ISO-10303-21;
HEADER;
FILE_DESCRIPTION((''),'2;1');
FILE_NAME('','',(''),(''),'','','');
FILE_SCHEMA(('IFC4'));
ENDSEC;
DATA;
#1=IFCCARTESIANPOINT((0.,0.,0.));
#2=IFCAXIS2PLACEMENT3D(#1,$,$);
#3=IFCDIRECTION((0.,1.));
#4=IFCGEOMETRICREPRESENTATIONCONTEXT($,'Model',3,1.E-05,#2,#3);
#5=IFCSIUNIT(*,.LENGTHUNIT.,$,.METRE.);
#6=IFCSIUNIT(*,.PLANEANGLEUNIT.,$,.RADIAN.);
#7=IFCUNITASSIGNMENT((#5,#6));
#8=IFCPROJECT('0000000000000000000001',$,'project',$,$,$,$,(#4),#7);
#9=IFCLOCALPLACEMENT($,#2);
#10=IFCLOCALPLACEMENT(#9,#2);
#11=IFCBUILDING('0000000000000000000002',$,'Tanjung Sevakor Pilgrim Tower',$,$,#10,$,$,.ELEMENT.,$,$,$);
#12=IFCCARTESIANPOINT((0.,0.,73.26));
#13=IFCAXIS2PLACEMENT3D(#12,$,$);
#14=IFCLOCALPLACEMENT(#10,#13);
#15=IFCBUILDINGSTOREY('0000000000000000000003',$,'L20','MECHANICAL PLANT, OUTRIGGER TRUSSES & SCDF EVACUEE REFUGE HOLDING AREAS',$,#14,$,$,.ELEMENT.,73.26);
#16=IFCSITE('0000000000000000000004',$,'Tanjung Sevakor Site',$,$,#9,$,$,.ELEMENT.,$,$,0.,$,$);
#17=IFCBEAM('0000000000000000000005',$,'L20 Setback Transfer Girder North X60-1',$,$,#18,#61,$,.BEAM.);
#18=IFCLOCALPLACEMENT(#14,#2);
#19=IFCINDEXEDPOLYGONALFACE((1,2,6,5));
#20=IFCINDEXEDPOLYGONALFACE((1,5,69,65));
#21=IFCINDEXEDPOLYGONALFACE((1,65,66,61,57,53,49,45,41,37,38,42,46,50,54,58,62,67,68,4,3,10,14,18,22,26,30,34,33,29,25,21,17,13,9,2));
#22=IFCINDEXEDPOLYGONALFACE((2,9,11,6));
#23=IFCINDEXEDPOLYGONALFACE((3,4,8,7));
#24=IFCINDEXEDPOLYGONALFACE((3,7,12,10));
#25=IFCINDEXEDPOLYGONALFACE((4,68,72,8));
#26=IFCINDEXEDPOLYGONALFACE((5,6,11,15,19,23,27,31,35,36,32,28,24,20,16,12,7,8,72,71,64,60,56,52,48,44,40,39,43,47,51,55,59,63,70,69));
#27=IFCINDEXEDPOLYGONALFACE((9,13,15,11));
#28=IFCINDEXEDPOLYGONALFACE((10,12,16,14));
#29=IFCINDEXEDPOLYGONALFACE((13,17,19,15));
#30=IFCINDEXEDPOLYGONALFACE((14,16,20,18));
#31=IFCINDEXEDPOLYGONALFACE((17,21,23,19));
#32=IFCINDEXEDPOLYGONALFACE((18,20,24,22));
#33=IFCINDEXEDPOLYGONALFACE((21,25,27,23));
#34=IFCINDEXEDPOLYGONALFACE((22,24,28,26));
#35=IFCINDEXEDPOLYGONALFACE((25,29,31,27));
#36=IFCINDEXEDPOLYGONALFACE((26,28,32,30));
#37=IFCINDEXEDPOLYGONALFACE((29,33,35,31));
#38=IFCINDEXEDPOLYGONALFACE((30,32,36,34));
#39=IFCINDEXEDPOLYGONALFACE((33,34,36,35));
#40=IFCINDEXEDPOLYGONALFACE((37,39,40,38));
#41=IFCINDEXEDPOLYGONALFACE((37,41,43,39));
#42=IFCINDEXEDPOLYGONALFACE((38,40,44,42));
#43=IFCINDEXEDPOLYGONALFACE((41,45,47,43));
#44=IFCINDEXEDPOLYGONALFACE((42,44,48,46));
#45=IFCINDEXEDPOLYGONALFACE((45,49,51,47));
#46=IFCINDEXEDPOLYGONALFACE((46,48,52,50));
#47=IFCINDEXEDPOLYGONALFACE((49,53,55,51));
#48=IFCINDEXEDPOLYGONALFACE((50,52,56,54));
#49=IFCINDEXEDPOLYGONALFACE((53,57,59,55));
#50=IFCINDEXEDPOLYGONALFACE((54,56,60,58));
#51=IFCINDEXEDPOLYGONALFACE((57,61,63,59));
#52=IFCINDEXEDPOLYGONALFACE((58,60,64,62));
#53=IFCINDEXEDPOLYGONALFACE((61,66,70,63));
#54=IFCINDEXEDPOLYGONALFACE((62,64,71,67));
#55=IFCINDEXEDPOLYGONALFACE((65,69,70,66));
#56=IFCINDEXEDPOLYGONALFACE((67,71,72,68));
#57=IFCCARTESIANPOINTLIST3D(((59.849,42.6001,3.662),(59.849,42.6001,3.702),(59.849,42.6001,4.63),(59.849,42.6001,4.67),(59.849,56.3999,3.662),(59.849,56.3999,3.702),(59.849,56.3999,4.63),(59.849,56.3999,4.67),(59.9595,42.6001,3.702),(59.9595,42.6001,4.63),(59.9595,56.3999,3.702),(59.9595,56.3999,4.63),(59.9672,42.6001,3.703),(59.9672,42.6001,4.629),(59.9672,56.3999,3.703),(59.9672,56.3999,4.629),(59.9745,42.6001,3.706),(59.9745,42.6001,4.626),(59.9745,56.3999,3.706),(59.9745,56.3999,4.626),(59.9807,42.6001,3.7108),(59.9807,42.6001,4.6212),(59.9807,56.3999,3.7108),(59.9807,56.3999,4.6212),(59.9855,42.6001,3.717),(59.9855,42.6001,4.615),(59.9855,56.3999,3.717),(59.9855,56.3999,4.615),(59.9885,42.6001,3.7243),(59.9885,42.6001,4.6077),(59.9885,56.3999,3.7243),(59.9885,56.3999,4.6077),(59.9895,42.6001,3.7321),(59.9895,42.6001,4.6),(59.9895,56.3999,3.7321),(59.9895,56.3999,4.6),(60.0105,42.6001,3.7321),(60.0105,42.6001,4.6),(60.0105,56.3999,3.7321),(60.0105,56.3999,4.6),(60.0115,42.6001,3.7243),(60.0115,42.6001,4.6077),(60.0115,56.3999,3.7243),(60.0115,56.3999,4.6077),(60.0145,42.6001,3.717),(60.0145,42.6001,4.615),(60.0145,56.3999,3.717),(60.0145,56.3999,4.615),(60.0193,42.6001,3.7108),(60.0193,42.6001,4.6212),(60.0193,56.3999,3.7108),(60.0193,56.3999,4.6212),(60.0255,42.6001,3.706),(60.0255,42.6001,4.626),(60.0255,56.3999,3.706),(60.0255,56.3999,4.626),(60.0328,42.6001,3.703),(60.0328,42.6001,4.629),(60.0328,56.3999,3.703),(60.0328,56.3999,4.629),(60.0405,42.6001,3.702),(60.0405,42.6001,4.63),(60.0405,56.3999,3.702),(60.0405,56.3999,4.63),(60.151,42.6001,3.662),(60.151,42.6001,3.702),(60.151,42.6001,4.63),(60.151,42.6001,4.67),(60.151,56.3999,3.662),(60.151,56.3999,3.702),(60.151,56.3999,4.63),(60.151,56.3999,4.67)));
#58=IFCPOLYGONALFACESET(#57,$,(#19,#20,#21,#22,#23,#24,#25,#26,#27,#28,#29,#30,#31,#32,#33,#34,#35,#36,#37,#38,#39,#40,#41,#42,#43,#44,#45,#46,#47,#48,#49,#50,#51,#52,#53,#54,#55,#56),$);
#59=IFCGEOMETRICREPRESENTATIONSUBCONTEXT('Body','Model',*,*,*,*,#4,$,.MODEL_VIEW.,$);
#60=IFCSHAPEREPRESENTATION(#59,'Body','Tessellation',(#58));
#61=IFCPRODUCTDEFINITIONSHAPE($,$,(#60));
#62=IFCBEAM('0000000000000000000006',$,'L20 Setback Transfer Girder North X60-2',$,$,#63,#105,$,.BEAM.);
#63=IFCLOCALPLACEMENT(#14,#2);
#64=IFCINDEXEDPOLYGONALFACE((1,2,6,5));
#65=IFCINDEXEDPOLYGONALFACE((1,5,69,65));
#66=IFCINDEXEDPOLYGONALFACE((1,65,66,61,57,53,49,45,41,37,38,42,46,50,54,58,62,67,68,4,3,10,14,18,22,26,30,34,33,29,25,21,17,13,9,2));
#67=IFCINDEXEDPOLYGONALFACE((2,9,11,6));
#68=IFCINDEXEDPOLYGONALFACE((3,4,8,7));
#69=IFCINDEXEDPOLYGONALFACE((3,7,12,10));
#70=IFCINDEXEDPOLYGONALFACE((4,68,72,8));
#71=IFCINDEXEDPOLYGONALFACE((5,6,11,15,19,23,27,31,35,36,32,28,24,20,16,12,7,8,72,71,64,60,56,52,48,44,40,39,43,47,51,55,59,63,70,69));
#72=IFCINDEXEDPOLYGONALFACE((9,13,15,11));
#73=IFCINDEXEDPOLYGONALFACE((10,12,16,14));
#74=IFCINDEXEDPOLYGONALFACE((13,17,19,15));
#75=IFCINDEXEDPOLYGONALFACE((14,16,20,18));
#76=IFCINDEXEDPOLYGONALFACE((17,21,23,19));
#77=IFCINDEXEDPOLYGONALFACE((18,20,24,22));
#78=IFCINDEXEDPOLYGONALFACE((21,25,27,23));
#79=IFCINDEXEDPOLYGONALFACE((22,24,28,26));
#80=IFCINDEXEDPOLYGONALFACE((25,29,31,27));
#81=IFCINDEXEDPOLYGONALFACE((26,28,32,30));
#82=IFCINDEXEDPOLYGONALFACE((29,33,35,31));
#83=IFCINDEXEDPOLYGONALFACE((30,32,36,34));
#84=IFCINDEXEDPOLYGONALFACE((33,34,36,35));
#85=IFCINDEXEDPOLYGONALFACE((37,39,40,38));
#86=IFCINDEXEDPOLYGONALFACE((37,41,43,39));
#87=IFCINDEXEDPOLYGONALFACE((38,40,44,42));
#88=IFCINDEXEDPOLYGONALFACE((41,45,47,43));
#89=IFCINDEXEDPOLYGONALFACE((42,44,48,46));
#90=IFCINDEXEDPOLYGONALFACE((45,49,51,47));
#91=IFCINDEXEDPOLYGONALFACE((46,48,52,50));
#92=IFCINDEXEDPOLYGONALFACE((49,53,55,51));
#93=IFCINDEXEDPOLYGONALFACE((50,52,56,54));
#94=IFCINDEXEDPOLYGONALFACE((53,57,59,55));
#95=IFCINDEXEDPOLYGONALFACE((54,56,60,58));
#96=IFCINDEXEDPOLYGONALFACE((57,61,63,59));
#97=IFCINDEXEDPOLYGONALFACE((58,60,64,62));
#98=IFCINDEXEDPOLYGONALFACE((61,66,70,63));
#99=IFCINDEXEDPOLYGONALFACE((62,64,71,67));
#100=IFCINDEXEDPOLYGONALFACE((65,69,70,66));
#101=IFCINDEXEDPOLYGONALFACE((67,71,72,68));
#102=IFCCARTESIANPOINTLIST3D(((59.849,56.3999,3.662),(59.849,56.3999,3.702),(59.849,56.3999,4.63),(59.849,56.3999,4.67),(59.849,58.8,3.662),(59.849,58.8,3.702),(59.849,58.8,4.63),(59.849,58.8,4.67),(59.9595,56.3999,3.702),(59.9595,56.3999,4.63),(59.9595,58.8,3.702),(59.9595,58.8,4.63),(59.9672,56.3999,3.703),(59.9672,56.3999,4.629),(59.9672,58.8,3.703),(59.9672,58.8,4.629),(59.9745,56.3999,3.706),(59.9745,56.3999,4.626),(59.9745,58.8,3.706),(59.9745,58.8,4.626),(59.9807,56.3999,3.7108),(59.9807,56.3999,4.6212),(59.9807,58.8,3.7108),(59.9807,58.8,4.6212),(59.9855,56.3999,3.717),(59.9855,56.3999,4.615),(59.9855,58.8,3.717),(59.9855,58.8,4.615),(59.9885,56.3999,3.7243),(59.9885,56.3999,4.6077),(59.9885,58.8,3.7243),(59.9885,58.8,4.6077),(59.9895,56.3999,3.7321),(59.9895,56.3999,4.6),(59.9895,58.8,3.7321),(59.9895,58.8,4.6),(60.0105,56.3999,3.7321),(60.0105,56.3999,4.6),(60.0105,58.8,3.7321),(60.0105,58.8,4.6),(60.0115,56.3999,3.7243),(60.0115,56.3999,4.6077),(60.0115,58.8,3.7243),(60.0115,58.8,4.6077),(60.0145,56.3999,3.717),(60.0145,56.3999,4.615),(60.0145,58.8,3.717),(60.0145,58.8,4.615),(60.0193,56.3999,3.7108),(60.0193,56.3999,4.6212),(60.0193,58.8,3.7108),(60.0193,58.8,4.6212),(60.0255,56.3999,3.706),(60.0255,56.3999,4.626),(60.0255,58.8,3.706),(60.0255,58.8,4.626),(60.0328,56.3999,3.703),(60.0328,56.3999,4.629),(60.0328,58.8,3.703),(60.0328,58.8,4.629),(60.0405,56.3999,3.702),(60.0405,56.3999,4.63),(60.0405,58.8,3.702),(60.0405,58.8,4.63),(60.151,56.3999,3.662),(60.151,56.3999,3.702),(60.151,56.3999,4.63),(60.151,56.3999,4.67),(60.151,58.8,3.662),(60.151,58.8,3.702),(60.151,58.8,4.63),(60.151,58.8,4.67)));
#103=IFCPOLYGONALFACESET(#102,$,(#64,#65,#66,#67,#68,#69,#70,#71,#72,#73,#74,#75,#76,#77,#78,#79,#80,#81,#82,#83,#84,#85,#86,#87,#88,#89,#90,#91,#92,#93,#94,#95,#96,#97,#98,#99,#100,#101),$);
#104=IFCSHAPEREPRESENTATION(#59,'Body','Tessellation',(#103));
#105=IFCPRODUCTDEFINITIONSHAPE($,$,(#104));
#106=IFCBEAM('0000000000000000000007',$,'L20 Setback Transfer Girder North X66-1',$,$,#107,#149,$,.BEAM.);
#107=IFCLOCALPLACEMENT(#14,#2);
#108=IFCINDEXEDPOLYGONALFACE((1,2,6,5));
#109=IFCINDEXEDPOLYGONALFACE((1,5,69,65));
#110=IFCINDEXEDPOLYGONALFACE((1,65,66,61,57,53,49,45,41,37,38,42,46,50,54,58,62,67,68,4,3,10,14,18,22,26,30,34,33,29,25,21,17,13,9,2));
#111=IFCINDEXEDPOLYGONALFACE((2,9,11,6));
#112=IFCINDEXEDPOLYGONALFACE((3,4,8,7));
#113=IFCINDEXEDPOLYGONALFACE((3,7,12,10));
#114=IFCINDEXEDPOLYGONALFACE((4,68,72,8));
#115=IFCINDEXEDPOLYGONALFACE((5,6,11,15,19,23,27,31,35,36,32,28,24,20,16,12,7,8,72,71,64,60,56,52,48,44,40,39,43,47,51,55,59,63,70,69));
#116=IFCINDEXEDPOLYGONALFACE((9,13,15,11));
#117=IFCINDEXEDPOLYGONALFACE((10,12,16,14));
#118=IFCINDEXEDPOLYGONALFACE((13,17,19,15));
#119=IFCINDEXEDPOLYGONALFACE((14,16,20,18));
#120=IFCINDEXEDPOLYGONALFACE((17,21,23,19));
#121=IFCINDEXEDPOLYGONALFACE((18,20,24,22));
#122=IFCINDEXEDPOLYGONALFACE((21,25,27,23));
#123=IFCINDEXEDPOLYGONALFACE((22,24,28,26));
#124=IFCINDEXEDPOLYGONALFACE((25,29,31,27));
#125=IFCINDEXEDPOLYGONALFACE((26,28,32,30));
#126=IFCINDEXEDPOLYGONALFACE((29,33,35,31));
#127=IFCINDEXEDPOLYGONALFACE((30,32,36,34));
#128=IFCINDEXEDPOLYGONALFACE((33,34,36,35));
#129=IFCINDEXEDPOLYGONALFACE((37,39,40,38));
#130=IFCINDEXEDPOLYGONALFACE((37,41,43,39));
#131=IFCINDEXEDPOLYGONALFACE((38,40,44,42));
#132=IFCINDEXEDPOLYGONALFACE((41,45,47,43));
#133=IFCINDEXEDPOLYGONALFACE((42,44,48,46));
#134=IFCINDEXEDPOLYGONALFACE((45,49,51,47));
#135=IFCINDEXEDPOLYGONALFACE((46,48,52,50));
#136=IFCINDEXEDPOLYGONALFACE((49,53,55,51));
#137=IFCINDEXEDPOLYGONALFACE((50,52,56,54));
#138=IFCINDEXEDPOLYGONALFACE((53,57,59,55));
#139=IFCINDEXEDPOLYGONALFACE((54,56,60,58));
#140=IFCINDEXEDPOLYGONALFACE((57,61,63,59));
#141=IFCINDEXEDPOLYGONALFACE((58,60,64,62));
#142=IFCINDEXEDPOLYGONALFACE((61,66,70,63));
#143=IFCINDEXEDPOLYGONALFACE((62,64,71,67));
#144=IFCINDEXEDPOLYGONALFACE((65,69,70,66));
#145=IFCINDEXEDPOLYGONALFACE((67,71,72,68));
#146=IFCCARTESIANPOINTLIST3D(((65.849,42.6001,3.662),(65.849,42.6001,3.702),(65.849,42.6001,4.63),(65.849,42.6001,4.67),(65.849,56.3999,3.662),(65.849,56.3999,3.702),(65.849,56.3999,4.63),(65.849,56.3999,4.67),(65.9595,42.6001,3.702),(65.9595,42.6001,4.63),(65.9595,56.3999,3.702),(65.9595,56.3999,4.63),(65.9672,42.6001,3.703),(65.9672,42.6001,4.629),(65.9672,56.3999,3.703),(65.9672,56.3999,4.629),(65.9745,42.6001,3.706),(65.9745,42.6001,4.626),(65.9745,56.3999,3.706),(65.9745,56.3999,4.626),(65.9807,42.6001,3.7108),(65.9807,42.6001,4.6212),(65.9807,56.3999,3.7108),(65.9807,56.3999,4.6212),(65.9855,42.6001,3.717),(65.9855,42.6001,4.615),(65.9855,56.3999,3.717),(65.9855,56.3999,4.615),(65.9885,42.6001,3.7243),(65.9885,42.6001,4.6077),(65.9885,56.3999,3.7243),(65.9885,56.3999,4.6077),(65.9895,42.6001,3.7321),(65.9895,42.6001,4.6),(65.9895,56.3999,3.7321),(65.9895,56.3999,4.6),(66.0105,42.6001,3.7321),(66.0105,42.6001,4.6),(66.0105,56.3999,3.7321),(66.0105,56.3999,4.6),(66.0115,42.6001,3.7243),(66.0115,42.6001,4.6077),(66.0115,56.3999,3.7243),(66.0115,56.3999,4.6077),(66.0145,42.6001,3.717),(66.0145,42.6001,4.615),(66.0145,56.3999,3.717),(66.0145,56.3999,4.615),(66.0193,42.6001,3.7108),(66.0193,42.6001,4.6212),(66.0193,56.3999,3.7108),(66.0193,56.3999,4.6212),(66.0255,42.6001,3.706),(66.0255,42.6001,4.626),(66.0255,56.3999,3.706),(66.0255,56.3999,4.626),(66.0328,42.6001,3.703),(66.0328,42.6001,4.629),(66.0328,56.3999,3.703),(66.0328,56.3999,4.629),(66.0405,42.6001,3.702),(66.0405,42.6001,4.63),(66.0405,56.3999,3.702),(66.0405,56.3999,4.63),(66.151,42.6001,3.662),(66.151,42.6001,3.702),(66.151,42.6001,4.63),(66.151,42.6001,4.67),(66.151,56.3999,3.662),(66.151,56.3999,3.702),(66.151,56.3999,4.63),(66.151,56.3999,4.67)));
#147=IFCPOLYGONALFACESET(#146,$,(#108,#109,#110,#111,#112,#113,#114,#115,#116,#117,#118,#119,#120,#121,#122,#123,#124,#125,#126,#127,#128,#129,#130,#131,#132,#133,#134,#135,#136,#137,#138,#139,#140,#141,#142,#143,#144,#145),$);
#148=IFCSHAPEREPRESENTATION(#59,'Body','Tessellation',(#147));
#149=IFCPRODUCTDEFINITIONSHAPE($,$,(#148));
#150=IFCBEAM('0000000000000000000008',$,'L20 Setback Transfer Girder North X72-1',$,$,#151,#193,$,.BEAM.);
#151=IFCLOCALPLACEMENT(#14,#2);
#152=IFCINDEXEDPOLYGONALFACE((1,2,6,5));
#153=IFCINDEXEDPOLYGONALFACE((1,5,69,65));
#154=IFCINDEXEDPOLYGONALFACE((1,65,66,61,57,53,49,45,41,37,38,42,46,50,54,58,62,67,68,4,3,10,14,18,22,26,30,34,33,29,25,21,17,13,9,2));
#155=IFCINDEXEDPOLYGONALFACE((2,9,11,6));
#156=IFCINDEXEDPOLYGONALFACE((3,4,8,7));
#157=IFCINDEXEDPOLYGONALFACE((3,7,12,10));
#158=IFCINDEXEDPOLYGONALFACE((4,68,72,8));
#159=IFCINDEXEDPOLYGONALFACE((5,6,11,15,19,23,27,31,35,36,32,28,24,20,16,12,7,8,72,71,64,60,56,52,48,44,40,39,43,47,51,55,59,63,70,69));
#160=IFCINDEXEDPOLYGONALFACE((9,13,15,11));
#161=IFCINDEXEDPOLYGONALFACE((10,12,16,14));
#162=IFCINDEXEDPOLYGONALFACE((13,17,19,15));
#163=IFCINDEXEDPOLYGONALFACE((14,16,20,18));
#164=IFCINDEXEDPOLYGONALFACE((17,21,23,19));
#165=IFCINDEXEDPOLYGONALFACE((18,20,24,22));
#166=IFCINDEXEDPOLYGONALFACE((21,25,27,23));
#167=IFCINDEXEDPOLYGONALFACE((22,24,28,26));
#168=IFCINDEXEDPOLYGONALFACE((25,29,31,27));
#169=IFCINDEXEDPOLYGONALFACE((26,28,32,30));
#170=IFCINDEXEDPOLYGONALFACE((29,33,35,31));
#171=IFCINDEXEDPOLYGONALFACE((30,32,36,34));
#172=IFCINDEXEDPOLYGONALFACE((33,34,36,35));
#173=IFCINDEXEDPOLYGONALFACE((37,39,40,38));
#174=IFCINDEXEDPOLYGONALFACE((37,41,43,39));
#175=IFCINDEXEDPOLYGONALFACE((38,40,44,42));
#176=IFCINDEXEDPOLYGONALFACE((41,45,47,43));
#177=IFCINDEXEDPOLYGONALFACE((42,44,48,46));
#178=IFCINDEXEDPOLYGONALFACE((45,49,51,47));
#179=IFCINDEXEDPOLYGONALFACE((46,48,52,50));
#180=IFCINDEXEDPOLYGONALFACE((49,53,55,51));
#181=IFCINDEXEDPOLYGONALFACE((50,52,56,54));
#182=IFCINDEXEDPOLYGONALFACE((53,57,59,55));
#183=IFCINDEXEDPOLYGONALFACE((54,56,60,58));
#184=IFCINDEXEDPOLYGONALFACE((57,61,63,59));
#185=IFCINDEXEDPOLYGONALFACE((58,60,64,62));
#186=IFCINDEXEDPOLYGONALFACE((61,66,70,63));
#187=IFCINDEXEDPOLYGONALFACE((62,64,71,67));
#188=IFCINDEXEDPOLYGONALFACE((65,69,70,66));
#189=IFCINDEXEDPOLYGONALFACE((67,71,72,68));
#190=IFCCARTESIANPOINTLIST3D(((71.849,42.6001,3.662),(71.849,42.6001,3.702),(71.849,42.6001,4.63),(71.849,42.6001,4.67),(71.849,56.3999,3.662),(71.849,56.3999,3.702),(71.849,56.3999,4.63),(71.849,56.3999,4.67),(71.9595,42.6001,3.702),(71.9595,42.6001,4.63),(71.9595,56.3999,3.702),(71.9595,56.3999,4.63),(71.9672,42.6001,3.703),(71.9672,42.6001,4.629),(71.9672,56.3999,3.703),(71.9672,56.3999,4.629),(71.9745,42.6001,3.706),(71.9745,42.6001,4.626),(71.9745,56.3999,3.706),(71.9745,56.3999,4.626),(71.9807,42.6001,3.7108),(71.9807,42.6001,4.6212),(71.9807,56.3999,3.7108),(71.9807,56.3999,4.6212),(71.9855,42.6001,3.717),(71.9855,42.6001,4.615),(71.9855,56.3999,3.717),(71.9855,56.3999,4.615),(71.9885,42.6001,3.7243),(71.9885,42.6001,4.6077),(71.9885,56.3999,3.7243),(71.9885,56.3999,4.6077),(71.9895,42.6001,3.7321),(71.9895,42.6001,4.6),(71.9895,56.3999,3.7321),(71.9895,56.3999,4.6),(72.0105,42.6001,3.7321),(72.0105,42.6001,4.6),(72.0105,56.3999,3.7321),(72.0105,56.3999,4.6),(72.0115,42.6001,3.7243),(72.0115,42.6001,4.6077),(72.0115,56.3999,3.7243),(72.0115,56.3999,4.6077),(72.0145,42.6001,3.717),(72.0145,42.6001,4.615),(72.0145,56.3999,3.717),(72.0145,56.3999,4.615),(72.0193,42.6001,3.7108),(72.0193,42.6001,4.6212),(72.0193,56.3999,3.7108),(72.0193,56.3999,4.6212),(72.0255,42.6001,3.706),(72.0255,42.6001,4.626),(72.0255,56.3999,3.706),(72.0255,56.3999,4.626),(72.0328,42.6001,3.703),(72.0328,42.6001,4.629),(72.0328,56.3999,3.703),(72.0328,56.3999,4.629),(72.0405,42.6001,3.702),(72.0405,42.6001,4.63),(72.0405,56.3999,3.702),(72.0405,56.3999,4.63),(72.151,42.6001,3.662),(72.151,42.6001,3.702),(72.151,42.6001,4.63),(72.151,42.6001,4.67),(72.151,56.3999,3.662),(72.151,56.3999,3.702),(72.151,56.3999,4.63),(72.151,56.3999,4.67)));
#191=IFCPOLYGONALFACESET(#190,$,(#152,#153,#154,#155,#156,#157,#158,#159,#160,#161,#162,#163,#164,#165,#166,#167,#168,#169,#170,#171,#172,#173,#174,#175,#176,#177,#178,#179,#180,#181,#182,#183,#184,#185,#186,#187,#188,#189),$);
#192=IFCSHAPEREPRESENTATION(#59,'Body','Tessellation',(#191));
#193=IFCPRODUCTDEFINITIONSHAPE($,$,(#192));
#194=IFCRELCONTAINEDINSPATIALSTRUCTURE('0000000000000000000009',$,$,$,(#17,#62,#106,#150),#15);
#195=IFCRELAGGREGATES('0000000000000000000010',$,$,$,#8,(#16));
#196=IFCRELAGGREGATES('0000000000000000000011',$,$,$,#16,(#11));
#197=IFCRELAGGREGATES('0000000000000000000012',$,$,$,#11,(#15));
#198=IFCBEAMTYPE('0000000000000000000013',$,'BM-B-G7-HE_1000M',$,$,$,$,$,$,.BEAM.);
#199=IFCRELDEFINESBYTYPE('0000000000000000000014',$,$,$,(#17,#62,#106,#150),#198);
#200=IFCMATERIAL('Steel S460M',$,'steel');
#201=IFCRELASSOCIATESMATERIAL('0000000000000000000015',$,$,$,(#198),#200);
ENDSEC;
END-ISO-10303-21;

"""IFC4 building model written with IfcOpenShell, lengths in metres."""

from ifc_helpers import new_model, si_unit, direction, frame, origin, origin_2d, place, context, subcontext, project, spatial, i_section, extrude, material, material_profile, profile_set, type_object, element, save


model = new_model("IFC4")

# Units and contexts
model_context = context("Model", 3, precision=1e-05, world=origin(), true_north=direction((0.0, 1.0)))
body_context = subcontext(model_context, "Body", "Model", "MODEL_VIEW")
ifc_project = project(units=[si_unit("LENGTHUNIT", "METRE"), si_unit("PLANEANGLEUNIT", "RADIAN")], contexts=[model_context])

# Site, building, storey
site_placement = place(None, origin())
site = spatial("IfcSite", under=ifc_project, at=site_placement, Name="Tanjung Sevakor Site", CompositionType="ELEMENT", RefElevation=0.0)
building_placement = place(site_placement, origin())
building = spatial("IfcBuilding", under=site, at=building_placement, Name="Tanjung Sevakor Pilgrim Tower", CompositionType="ELEMENT")
storey_placement = place(building_placement, frame((0.0, 0.0, 73.26)))
storey = spatial("IfcBuildingStorey", under=building, at=storey_placement, Name="L20", Description="MECHANICAL PLANT, OUTRIGGER TRUSSES & SCDF EVACUEE REFUGE HOLDING AREAS", CompositionType="ELEMENT", Elevation=73.26)

# Beams
ifc_material_1 = material(Name="Steel S460M", Category="steel")
ifc_material_profile_1 = material_profile(ifc_material_1, i_section(OverallWidth=0.302, OverallDepth=1.0081, WebThickness=0.021, FlangeThickness=0.04, FilletRadius=0.03, at=origin_2d()))
ifc_profile_set_1 = profile_set([ifc_material_profile_1], Name="Steel S460M")
beam_type_1 = type_object("IfcBeamType", Name="BM-B-G7-HE_1000M", PredefinedType="BEAM", material=ifc_profile_set_1)
beam_1_placement = place(storey_placement, frame((60.0, 42.6001, 4.166), z_axis=(0.0, 1.0, 0.0), x_axis=(-1.0, 0.0, 0.0)))
element("IfcBeam", 1, at=beam_1_placement, inside=storey, type_object=beam_type_1, Name="L20 Setback Transfer Girder North X60-1", PredefinedType="BEAM", context=body_context, shape_type="SweptSolid", body=[
    extrude(i_section(OverallWidth=0.302, OverallDepth=1.0081, WebThickness=0.021, FlangeThickness=0.04, FilletRadius=0.03, at=origin_2d()), origin(), (0.0, 0.0, 1.0), 13.7998),
])
beam_2_placement = place(storey_placement, frame((60.0, 56.3999, 4.166), z_axis=(0.0, 1.0, 0.0), x_axis=(-1.0, 0.0, 0.0)))
element("IfcBeam", 2, at=beam_2_placement, inside=storey, type_object=beam_type_1, Name="L20 Setback Transfer Girder North X60-2", PredefinedType="BEAM", context=body_context, shape_type="SweptSolid", body=[
    extrude(i_section(OverallWidth=0.302, OverallDepth=1.0081, WebThickness=0.021, FlangeThickness=0.04, FilletRadius=0.03, at=origin_2d()), origin(), (0.0, 0.0, 1.0), 2.4001),
])
for number, where, z_axis, x_axis, name in (
    (3, (66.0, 42.6001, 4.166), (0.0, 1.0, 0.0), (-1.0, 0.0, 0.0), "L20 Setback Transfer Girder North X66-1"),
    (4, (72.0, 42.6001, 4.166), (0.0, 1.0, 0.0), (-1.0, 0.0, 0.0), "L20 Setback Transfer Girder North X72-1"),
):
    element("IfcBeam", number, at=place(storey_placement, frame(where, z_axis=z_axis, x_axis=x_axis)), inside=storey, type_object=beam_type_1, Name=name, PredefinedType="BEAM", context=body_context, shape_type="SweptSolid", body=[
        extrude(i_section(OverallWidth=0.302, OverallDepth=1.0081, WebThickness=0.021, FlangeThickness=0.04, FilletRadius=0.03, at=origin_2d()), origin(), (0.0, 0.0, 1.0), 13.7998),
    ])

save(model, "model.ifc")
